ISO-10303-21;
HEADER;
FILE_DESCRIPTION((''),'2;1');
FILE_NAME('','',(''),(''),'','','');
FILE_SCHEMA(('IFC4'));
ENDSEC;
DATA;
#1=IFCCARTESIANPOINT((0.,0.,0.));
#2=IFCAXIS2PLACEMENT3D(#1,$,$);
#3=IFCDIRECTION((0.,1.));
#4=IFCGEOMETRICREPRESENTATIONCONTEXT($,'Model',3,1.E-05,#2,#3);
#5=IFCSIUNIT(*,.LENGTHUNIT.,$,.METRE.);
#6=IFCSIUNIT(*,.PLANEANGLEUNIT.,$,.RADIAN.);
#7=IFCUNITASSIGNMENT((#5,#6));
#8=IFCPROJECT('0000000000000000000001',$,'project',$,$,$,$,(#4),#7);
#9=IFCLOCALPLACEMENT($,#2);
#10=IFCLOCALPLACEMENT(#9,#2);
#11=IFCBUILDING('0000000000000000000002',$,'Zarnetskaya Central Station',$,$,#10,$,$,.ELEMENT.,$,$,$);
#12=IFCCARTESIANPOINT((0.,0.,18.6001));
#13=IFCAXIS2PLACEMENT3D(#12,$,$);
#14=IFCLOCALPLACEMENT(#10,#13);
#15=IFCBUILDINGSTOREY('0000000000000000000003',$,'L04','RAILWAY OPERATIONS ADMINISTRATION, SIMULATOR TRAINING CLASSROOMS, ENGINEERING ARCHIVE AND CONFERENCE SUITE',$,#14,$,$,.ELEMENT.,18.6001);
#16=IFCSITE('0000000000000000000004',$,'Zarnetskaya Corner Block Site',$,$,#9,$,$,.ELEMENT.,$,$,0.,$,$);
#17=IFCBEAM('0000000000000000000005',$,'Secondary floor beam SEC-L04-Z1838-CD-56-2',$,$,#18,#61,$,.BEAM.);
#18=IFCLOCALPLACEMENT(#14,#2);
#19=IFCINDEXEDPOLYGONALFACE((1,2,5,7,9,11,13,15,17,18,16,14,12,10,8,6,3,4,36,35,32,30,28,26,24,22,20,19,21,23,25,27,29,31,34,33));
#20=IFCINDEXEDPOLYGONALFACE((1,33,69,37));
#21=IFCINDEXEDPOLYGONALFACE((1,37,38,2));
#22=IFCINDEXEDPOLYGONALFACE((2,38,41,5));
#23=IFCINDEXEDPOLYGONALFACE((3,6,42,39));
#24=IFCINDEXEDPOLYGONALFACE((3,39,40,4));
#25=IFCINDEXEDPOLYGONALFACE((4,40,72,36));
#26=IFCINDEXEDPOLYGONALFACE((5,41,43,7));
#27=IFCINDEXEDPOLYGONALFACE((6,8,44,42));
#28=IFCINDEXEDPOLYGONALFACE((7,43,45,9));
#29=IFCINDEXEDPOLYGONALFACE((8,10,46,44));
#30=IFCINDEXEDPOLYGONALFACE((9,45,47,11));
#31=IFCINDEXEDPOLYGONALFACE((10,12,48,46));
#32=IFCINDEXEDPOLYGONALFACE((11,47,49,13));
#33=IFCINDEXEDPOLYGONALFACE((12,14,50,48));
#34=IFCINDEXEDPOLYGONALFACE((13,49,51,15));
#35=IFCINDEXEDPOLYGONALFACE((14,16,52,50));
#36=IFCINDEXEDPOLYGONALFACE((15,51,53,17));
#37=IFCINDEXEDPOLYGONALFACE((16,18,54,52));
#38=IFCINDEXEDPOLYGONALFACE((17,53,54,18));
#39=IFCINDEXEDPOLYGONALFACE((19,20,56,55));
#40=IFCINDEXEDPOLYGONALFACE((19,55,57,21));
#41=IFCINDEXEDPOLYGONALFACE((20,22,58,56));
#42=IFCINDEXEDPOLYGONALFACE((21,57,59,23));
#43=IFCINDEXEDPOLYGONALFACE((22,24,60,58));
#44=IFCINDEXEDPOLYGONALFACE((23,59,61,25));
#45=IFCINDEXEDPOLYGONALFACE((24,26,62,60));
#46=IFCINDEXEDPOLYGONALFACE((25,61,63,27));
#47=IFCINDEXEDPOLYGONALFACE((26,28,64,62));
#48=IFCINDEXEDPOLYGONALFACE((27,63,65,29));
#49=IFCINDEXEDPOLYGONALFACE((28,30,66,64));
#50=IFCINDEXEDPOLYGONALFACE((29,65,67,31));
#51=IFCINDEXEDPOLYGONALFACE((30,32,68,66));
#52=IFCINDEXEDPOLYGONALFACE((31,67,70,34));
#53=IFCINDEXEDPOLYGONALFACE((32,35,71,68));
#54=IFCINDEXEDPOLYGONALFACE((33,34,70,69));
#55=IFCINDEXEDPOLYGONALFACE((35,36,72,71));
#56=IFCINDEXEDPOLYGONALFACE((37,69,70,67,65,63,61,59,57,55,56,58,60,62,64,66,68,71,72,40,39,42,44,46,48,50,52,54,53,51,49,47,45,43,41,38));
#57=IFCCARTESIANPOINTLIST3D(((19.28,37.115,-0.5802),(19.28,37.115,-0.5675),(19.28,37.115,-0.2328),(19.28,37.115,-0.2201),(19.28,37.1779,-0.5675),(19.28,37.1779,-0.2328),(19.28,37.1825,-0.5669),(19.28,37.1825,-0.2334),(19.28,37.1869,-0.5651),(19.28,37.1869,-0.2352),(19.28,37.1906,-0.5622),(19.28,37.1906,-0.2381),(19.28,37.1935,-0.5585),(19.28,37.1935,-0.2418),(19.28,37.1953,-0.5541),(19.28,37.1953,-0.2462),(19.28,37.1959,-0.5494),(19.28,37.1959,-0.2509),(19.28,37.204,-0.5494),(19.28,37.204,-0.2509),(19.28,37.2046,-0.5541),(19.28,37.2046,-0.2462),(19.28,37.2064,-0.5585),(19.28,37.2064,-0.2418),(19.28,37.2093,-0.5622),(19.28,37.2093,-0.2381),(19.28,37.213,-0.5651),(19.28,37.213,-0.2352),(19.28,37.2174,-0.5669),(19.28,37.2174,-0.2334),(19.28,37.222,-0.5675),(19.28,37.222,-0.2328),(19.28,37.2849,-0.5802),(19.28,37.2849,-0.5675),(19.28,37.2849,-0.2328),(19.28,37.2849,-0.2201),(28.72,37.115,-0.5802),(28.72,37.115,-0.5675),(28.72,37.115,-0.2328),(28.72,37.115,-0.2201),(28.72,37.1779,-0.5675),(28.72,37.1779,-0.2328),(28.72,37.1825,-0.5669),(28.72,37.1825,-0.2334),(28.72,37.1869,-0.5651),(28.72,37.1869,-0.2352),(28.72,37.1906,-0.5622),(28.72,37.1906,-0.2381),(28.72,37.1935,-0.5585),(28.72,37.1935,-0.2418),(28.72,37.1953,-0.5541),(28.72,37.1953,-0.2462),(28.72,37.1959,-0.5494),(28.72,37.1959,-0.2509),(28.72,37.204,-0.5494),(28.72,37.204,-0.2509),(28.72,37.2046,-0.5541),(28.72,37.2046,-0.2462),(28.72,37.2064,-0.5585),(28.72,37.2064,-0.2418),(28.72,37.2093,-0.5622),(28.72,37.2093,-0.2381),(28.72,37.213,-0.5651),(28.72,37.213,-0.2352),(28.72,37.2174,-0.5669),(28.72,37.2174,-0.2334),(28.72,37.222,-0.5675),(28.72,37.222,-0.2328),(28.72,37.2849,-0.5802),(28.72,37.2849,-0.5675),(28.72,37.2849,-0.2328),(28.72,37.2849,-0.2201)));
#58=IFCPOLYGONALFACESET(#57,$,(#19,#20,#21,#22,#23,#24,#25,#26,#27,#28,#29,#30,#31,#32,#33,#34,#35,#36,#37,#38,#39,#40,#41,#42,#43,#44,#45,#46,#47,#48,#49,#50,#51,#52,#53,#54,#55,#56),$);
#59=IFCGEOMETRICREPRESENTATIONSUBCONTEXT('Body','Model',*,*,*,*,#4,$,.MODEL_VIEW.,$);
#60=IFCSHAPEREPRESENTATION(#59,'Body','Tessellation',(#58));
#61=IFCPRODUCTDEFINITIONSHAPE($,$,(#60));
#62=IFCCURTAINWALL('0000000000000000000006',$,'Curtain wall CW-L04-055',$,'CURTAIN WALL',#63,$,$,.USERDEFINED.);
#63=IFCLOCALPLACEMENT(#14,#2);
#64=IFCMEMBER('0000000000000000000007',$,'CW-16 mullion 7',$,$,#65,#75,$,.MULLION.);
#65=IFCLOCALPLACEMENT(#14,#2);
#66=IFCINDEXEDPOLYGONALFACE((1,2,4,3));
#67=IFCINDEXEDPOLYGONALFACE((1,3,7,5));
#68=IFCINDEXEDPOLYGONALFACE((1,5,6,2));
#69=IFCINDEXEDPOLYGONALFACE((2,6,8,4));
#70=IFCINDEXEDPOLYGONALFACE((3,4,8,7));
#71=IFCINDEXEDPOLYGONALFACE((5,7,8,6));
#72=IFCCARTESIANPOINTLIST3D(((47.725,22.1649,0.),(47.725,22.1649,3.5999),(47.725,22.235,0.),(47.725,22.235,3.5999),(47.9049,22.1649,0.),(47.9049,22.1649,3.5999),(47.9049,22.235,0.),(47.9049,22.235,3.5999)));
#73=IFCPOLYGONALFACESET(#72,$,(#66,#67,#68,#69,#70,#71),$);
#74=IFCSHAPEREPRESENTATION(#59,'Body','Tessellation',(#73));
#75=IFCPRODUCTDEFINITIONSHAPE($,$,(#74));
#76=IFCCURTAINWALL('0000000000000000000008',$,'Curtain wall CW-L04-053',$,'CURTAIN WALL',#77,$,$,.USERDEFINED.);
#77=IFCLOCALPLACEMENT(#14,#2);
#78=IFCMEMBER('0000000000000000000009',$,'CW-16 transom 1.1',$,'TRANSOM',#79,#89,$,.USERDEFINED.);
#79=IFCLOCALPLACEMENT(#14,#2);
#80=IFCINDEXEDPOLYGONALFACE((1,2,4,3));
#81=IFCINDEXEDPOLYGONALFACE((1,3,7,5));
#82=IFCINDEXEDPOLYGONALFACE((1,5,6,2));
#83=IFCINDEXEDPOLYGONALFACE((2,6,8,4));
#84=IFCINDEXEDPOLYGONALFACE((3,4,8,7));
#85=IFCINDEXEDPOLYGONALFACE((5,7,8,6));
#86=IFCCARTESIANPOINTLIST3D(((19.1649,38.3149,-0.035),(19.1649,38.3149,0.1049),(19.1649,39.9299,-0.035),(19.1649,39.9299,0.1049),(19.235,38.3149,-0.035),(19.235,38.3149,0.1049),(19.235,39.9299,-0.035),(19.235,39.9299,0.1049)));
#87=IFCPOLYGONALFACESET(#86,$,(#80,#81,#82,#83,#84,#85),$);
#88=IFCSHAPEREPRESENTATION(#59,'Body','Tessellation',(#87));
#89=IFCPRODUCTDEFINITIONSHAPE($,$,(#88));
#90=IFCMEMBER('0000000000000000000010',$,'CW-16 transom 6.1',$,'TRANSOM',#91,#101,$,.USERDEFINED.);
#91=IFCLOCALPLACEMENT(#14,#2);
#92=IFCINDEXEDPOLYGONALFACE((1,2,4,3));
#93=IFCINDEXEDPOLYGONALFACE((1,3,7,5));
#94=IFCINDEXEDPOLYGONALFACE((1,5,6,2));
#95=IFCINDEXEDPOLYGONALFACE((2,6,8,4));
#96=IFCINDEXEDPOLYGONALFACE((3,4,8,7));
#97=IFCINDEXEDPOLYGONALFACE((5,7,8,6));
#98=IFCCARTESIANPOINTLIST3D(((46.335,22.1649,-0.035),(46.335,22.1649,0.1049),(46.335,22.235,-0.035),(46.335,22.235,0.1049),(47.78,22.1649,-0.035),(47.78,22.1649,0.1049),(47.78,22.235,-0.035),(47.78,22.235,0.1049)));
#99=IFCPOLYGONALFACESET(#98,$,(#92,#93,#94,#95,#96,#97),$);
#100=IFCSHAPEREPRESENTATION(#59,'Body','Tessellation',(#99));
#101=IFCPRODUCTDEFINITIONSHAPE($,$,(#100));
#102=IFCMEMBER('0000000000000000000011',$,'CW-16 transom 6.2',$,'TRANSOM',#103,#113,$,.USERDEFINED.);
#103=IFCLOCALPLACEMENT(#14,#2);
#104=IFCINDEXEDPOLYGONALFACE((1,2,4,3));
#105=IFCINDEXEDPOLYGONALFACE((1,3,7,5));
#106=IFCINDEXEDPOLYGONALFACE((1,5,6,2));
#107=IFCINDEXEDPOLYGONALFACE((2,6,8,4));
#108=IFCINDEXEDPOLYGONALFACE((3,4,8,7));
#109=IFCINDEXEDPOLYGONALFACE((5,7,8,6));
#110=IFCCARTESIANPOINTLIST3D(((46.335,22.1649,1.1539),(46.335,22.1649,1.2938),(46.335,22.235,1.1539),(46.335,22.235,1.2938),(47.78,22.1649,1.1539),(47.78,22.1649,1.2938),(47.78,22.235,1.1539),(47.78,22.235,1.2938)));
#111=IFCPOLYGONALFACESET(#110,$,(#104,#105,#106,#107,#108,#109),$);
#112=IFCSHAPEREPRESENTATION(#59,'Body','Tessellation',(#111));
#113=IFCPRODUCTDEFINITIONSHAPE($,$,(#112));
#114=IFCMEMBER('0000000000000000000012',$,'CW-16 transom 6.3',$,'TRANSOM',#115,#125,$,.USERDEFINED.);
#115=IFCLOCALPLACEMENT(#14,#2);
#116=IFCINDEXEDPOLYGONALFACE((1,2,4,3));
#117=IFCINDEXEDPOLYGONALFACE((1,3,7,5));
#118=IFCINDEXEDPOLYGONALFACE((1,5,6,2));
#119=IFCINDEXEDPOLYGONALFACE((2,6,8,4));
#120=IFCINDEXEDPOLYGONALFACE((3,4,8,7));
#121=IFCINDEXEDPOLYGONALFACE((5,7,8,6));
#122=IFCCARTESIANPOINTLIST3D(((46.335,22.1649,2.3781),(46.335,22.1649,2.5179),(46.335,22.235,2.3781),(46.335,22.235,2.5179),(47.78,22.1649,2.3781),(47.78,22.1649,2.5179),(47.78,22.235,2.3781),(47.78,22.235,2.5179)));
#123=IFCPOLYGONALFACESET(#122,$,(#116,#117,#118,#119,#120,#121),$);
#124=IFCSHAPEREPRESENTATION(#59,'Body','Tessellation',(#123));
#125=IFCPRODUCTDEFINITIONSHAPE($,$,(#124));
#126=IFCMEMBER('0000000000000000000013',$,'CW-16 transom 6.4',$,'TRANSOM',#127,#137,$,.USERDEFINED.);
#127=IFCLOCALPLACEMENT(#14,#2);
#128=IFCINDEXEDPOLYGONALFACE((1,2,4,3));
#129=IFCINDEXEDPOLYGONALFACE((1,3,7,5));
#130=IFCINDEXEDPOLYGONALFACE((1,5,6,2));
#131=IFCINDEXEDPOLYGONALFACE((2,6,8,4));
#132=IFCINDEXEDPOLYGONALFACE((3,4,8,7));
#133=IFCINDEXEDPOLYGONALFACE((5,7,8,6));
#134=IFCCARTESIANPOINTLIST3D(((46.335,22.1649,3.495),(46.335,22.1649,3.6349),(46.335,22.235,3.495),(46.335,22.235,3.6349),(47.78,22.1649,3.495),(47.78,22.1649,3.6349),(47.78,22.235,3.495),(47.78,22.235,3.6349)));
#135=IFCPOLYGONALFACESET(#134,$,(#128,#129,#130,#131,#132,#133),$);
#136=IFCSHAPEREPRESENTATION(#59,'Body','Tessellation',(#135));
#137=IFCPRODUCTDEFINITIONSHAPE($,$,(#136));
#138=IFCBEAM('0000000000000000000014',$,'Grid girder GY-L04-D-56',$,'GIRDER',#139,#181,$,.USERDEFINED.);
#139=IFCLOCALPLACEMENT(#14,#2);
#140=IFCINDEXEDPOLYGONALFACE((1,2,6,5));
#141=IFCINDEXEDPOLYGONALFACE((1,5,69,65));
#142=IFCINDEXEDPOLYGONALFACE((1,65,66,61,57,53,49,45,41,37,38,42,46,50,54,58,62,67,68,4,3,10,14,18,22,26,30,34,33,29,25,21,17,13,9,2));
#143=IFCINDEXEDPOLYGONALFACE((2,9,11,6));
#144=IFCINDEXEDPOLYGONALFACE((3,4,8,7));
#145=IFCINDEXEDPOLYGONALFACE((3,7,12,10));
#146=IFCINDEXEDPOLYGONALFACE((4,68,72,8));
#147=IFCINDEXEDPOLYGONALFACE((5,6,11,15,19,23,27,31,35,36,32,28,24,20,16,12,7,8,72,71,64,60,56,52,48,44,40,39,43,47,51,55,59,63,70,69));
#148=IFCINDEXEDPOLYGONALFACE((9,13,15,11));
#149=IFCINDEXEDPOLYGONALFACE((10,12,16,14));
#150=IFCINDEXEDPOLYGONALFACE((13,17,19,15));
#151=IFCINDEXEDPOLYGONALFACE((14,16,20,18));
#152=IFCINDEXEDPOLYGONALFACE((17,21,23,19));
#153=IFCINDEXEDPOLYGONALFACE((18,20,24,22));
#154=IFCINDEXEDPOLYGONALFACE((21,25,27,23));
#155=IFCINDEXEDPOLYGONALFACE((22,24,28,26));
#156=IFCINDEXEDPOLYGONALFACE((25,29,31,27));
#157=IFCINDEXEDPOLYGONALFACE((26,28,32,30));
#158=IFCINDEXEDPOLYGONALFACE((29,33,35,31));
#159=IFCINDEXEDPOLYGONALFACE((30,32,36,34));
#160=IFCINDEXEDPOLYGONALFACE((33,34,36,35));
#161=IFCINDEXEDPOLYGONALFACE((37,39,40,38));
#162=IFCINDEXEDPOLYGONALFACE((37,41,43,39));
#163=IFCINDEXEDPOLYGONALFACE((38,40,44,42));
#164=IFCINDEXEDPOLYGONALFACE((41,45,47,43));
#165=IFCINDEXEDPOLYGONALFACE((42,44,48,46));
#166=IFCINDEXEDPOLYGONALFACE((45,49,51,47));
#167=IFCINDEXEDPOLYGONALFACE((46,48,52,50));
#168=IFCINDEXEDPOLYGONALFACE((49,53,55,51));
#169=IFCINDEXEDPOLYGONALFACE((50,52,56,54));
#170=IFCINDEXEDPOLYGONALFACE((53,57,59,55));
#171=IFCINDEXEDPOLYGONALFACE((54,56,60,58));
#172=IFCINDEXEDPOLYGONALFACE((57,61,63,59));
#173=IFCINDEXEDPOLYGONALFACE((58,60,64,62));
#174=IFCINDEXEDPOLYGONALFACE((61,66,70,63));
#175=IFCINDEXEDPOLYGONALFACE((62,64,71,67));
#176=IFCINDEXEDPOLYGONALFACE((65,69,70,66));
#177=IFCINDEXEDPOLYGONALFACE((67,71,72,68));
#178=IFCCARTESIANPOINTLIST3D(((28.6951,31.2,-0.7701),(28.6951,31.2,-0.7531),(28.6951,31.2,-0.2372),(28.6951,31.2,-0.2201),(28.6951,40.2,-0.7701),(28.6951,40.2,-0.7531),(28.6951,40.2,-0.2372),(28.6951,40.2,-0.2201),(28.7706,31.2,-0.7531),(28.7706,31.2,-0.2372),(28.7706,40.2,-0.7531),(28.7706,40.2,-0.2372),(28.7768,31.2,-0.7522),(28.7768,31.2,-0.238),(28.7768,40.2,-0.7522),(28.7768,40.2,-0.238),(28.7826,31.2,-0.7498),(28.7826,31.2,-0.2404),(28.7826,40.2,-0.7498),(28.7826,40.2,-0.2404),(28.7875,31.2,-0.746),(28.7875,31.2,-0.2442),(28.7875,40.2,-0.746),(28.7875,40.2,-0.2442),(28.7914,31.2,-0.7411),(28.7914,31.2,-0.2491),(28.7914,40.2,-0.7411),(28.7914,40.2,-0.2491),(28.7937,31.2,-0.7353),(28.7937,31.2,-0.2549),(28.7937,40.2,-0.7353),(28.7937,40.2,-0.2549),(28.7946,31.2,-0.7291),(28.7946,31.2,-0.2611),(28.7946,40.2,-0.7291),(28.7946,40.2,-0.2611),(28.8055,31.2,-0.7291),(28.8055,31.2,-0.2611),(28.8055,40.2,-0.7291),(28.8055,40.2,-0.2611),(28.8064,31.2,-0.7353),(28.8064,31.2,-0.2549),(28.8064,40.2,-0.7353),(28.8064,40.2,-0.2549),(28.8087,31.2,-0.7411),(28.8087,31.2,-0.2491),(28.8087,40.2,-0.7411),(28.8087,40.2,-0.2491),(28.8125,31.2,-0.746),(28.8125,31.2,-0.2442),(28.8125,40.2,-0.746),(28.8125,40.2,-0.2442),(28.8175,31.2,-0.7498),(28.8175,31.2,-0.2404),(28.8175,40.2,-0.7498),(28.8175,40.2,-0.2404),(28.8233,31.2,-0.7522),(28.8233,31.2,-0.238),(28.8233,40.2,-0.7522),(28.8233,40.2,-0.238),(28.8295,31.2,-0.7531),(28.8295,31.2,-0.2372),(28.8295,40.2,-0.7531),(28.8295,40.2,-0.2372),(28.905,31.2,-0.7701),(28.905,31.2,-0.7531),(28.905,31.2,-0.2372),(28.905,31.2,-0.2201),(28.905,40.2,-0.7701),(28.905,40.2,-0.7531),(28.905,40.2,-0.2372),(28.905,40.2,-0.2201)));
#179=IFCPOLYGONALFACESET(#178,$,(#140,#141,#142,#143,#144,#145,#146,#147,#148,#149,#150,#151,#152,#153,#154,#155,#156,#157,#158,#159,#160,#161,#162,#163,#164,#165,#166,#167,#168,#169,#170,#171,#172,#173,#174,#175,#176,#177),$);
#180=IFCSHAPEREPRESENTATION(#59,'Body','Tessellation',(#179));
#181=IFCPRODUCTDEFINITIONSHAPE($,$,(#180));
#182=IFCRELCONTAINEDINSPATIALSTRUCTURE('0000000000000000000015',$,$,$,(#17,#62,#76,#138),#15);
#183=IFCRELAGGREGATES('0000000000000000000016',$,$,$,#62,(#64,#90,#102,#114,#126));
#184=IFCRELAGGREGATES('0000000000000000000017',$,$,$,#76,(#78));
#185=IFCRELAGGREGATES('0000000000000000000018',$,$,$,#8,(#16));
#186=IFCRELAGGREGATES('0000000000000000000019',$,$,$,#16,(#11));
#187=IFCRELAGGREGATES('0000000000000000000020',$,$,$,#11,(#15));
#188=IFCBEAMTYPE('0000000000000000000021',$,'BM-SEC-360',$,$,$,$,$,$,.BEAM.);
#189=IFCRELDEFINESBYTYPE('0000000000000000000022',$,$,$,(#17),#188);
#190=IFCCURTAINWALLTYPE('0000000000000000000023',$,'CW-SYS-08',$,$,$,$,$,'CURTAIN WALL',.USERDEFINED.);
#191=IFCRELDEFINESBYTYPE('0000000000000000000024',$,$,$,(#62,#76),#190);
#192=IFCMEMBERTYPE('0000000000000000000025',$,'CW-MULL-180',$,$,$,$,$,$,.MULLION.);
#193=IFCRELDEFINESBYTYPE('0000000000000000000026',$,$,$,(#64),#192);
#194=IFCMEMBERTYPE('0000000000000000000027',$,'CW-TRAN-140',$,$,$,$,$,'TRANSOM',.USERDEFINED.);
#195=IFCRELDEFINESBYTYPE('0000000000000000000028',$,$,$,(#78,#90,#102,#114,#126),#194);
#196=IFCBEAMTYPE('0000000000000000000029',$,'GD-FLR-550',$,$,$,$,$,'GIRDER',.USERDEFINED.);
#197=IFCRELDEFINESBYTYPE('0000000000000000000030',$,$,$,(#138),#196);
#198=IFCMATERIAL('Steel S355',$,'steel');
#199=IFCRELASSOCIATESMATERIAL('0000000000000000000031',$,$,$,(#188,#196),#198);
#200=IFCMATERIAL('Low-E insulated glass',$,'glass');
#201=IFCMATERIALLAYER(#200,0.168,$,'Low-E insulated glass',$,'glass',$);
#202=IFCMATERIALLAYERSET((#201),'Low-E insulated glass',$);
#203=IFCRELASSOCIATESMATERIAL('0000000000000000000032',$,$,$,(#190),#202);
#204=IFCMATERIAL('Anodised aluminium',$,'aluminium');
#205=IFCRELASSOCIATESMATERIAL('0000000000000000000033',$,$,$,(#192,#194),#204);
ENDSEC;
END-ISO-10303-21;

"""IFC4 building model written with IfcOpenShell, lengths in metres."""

from ifc_helpers import new_model, si_unit, direction, frame, origin, origin_2d, place, context, subcontext, project, spatial, rectangle, i_section, extrude, material, layer, layer_set, material_profile, profile_set, type_object, element, aggregate, save


model = new_model("IFC4")

# Units and contexts
model_context = context("Model", 3, precision=1e-05, world=origin(), true_north=direction((0.0, 1.0)))
body_context = subcontext(model_context, "Body", "Model", "MODEL_VIEW")
ifc_project = project(units=[si_unit("LENGTHUNIT", "METRE"), si_unit("PLANEANGLEUNIT", "RADIAN")], contexts=[model_context])

# Site, building, storey
site_placement = place(None, origin())
site = spatial("IfcSite", under=ifc_project, at=site_placement, Name="Zarnetskaya Corner Block Site", CompositionType="ELEMENT", RefElevation=0.0)
building_placement = place(site_placement, origin())
building = spatial("IfcBuilding", under=site, at=building_placement, Name="Zarnetskaya Central Station", CompositionType="ELEMENT")
storey_placement = place(building_placement, frame((0.0, 0.0, 18.6001)))
storey = spatial("IfcBuildingStorey", under=building, at=storey_placement, Name="L04", Description="RAILWAY OPERATIONS ADMINISTRATION, SIMULATOR TRAINING CLASSROOMS, ENGINEERING ARCHIVE AND CONFERENCE SUITE", CompositionType="ELEMENT", Elevation=18.6001)

# Shared definitions
ifc_material_1 = material(Name="Steel S355", Category="steel")

# Beam
ifc_material_profile_1 = material_profile(ifc_material_1, i_section(OverallWidth=0.1699, OverallDepth=0.3601, WebThickness=0.0081, FlangeThickness=0.0127, FilletRadius=0.0181, at=origin_2d()), Name="IPE 360")
ifc_profile_set_1 = profile_set([ifc_material_profile_1], Name="Steel S355")
beam_type_1 = type_object("IfcBeamType", Name="BM-SEC-360", PredefinedType="BEAM", material=ifc_profile_set_1)
for number, where, z_axis, x_axis, name in (
    (1, (19.28, 37.2, -0.4001), (1.0, 0.0, 0.0), (0.0, 1.0, 0.0), "Secondary floor beam SEC-L04-Z1838-CD-56-2"),
):
    element("IfcBeam", number, at=place(storey_placement, frame(where, z_axis=z_axis, x_axis=x_axis)), inside=storey, type_object=beam_type_1, Name=name, PredefinedType="BEAM", context=body_context, shape_type="SweptSolid", body=[
        extrude(i_section(OverallWidth=0.1699, OverallDepth=0.3601, WebThickness=0.0081, FlangeThickness=0.0127, FilletRadius=0.0181, at=origin_2d()), origin(), (0.0, 0.0, 1.0), 9.4399),
    ])

# Curtain walls, members
ifc_material_2 = material(Name="Low-E insulated glass", Category="glass")
ifc_layer_1 = layer(ifc_material_2, 0.168, Name="Low-E insulated glass", Category="glass")
ifc_layer_set_1 = layer_set([ifc_layer_1], Name="Low-E insulated glass")
curtain_wall_type = type_object("IfcCurtainWallType", Name="CW-SYS-08", ElementType="CURTAIN WALL", PredefinedType="USERDEFINED", material=ifc_layer_set_1)
curtain_wall_1_placement = place(storey_placement, origin())
curtain_wall_1 = element("IfcCurtainWall", 2, at=curtain_wall_1_placement, inside=storey, type_object=curtain_wall_type, Name="Curtain wall CW-L04-055", ObjectType="CURTAIN WALL", PredefinedType="USERDEFINED")
ifc_material_3 = material(Name="Anodised aluminium", Category="aluminium")
ifc_material_profile_2 = material_profile(ifc_material_3, rectangle(XDim=0.0701, YDim=0.1799, at=origin_2d()), Name="ALU MULL 70x180")
ifc_profile_set_2 = profile_set([ifc_material_profile_2], Name="Anodised aluminium")
member_type_1 = type_object("IfcMemberType", Name="CW-MULL-180", PredefinedType="MULLION", material=ifc_profile_set_2)
member_1_placement = place(storey_placement, frame((47.8149, 22.2, 0.0), z_axis=(0.0, 0.0, 1.0), x_axis=(0.0, 1.0, 0.0)))
member_1 = element("IfcMember", 3, at=member_1_placement, type_object=member_type_1, Name="CW-16 mullion 7", PredefinedType="MULLION", context=body_context, shape_type="SweptSolid", body=[
    extrude(rectangle(XDim=0.0701, YDim=0.1799, at=origin_2d()), origin(), (0.0, 0.0, 1.0), 3.5999),
])
curtain_wall_2_placement = place(storey_placement, origin())
curtain_wall_2 = element("IfcCurtainWall", 4, at=curtain_wall_2_placement, inside=storey, type_object=curtain_wall_type, Name="Curtain wall CW-L04-053", ObjectType="CURTAIN WALL", PredefinedType="USERDEFINED")
ifc_material_profile_3 = material_profile(ifc_material_3, rectangle(XDim=0.0701, YDim=0.1399, at=origin_2d()), Name="ALU TRAN 70x140")
ifc_profile_set_3 = profile_set([ifc_material_profile_3], Name="Anodised aluminium")
member_type_2 = type_object("IfcMemberType", Name="CW-TRAN-140", ElementType="TRANSOM", PredefinedType="USERDEFINED", material=ifc_profile_set_3)
member_2_placement = place(storey_placement, frame((19.2, 39.9299, 0.0349), z_axis=(0.0, -1.0, 0.0), x_axis=(1.0, 0.0, 0.0)))
member_2 = element("IfcMember", 5, at=member_2_placement, type_object=member_type_2, Name="CW-16 transom 1.1", ObjectType="TRANSOM", PredefinedType="USERDEFINED", context=body_context, shape_type="SweptSolid", body=[
    extrude(rectangle(XDim=0.0701, YDim=0.1399, at=origin_2d()), origin(), (0.0, 0.0, 1.0), 1.615),
])

# Members
member_3_placement = place(storey_placement, frame((46.335, 22.2, 0.0349), z_axis=(1.0, 0.0, 0.0), x_axis=(0.0, 1.0, 0.0)))
member_3 = element("IfcMember", 6, at=member_3_placement, type_object=member_type_2, Name="CW-16 transom 6.1", ObjectType="TRANSOM", PredefinedType="USERDEFINED", context=body_context, shape_type="SweptSolid", body=[
    extrude(rectangle(XDim=0.0701, YDim=0.1399, at=origin_2d()), origin(), (0.0, 0.0, 1.0), 1.4451),
])
member_4_placement = place(storey_placement, frame((46.335, 22.2, 1.2239), z_axis=(1.0, 0.0, 0.0), x_axis=(0.0, 1.0, 0.0)))
member_4 = element("IfcMember", 7, at=member_4_placement, type_object=member_type_2, Name="CW-16 transom 6.2", ObjectType="TRANSOM", PredefinedType="USERDEFINED", context=body_context, shape_type="SweptSolid", body=[
    extrude(rectangle(XDim=0.0701, YDim=0.1399, at=origin_2d()), origin(), (0.0, 0.0, 1.0), 1.4451),
])
member_5_placement = place(storey_placement, frame((46.335, 22.2, 2.448), z_axis=(1.0, 0.0, 0.0), x_axis=(0.0, 1.0, 0.0)))
member_5 = element("IfcMember", 8, at=member_5_placement, type_object=member_type_2, Name="CW-16 transom 6.3", ObjectType="TRANSOM", PredefinedType="USERDEFINED", context=body_context, shape_type="SweptSolid", body=[
    extrude(rectangle(XDim=0.0701, YDim=0.1399, at=origin_2d()), origin(), (0.0, 0.0, 1.0), 1.4451),
])
member_6_placement = place(storey_placement, frame((46.335, 22.2, 3.5649), z_axis=(1.0, 0.0, 0.0), x_axis=(0.0, 1.0, 0.0)))
member_6 = element("IfcMember", 9, at=member_6_placement, type_object=member_type_2, Name="CW-16 transom 6.4", ObjectType="TRANSOM", PredefinedType="USERDEFINED", context=body_context, shape_type="SweptSolid", body=[
    extrude(rectangle(XDim=0.0701, YDim=0.1399, at=origin_2d()), origin(), (0.0, 0.0, 1.0), 1.4451),
])

# Beam
ifc_material_profile_4 = material_profile(ifc_material_1, i_section(OverallWidth=0.21, OverallDepth=0.55, WebThickness=0.011, FlangeThickness=0.0171, FilletRadius=0.0239, at=origin_2d()), Name="IPE 550")
ifc_profile_set_4 = profile_set([ifc_material_profile_4], Name="Steel S355")
beam_type_2 = type_object("IfcBeamType", Name="GD-FLR-550", ElementType="GIRDER", PredefinedType="USERDEFINED", material=ifc_profile_set_4)
beam_placement = place(storey_placement, frame((28.8, 31.2, -0.4951), z_axis=(0.0, 1.0, 0.0), x_axis=(-1.0, 0.0, 0.0)))
element("IfcBeam", 10, at=beam_placement, inside=storey, type_object=beam_type_2, Name="Grid girder GY-L04-D-56", ObjectType="GIRDER", PredefinedType="USERDEFINED", context=body_context, shape_type="SweptSolid", body=[
    extrude(i_section(OverallWidth=0.21, OverallDepth=0.55, WebThickness=0.011, FlangeThickness=0.0171, FilletRadius=0.0239, at=origin_2d()), origin(), (0.0, 0.0, 1.0), 9.0),
])

aggregate(curtain_wall_1, [member_1, member_3, member_4, member_5, member_6])
aggregate(curtain_wall_2, [member_2])

save(model, "model.ifc")
